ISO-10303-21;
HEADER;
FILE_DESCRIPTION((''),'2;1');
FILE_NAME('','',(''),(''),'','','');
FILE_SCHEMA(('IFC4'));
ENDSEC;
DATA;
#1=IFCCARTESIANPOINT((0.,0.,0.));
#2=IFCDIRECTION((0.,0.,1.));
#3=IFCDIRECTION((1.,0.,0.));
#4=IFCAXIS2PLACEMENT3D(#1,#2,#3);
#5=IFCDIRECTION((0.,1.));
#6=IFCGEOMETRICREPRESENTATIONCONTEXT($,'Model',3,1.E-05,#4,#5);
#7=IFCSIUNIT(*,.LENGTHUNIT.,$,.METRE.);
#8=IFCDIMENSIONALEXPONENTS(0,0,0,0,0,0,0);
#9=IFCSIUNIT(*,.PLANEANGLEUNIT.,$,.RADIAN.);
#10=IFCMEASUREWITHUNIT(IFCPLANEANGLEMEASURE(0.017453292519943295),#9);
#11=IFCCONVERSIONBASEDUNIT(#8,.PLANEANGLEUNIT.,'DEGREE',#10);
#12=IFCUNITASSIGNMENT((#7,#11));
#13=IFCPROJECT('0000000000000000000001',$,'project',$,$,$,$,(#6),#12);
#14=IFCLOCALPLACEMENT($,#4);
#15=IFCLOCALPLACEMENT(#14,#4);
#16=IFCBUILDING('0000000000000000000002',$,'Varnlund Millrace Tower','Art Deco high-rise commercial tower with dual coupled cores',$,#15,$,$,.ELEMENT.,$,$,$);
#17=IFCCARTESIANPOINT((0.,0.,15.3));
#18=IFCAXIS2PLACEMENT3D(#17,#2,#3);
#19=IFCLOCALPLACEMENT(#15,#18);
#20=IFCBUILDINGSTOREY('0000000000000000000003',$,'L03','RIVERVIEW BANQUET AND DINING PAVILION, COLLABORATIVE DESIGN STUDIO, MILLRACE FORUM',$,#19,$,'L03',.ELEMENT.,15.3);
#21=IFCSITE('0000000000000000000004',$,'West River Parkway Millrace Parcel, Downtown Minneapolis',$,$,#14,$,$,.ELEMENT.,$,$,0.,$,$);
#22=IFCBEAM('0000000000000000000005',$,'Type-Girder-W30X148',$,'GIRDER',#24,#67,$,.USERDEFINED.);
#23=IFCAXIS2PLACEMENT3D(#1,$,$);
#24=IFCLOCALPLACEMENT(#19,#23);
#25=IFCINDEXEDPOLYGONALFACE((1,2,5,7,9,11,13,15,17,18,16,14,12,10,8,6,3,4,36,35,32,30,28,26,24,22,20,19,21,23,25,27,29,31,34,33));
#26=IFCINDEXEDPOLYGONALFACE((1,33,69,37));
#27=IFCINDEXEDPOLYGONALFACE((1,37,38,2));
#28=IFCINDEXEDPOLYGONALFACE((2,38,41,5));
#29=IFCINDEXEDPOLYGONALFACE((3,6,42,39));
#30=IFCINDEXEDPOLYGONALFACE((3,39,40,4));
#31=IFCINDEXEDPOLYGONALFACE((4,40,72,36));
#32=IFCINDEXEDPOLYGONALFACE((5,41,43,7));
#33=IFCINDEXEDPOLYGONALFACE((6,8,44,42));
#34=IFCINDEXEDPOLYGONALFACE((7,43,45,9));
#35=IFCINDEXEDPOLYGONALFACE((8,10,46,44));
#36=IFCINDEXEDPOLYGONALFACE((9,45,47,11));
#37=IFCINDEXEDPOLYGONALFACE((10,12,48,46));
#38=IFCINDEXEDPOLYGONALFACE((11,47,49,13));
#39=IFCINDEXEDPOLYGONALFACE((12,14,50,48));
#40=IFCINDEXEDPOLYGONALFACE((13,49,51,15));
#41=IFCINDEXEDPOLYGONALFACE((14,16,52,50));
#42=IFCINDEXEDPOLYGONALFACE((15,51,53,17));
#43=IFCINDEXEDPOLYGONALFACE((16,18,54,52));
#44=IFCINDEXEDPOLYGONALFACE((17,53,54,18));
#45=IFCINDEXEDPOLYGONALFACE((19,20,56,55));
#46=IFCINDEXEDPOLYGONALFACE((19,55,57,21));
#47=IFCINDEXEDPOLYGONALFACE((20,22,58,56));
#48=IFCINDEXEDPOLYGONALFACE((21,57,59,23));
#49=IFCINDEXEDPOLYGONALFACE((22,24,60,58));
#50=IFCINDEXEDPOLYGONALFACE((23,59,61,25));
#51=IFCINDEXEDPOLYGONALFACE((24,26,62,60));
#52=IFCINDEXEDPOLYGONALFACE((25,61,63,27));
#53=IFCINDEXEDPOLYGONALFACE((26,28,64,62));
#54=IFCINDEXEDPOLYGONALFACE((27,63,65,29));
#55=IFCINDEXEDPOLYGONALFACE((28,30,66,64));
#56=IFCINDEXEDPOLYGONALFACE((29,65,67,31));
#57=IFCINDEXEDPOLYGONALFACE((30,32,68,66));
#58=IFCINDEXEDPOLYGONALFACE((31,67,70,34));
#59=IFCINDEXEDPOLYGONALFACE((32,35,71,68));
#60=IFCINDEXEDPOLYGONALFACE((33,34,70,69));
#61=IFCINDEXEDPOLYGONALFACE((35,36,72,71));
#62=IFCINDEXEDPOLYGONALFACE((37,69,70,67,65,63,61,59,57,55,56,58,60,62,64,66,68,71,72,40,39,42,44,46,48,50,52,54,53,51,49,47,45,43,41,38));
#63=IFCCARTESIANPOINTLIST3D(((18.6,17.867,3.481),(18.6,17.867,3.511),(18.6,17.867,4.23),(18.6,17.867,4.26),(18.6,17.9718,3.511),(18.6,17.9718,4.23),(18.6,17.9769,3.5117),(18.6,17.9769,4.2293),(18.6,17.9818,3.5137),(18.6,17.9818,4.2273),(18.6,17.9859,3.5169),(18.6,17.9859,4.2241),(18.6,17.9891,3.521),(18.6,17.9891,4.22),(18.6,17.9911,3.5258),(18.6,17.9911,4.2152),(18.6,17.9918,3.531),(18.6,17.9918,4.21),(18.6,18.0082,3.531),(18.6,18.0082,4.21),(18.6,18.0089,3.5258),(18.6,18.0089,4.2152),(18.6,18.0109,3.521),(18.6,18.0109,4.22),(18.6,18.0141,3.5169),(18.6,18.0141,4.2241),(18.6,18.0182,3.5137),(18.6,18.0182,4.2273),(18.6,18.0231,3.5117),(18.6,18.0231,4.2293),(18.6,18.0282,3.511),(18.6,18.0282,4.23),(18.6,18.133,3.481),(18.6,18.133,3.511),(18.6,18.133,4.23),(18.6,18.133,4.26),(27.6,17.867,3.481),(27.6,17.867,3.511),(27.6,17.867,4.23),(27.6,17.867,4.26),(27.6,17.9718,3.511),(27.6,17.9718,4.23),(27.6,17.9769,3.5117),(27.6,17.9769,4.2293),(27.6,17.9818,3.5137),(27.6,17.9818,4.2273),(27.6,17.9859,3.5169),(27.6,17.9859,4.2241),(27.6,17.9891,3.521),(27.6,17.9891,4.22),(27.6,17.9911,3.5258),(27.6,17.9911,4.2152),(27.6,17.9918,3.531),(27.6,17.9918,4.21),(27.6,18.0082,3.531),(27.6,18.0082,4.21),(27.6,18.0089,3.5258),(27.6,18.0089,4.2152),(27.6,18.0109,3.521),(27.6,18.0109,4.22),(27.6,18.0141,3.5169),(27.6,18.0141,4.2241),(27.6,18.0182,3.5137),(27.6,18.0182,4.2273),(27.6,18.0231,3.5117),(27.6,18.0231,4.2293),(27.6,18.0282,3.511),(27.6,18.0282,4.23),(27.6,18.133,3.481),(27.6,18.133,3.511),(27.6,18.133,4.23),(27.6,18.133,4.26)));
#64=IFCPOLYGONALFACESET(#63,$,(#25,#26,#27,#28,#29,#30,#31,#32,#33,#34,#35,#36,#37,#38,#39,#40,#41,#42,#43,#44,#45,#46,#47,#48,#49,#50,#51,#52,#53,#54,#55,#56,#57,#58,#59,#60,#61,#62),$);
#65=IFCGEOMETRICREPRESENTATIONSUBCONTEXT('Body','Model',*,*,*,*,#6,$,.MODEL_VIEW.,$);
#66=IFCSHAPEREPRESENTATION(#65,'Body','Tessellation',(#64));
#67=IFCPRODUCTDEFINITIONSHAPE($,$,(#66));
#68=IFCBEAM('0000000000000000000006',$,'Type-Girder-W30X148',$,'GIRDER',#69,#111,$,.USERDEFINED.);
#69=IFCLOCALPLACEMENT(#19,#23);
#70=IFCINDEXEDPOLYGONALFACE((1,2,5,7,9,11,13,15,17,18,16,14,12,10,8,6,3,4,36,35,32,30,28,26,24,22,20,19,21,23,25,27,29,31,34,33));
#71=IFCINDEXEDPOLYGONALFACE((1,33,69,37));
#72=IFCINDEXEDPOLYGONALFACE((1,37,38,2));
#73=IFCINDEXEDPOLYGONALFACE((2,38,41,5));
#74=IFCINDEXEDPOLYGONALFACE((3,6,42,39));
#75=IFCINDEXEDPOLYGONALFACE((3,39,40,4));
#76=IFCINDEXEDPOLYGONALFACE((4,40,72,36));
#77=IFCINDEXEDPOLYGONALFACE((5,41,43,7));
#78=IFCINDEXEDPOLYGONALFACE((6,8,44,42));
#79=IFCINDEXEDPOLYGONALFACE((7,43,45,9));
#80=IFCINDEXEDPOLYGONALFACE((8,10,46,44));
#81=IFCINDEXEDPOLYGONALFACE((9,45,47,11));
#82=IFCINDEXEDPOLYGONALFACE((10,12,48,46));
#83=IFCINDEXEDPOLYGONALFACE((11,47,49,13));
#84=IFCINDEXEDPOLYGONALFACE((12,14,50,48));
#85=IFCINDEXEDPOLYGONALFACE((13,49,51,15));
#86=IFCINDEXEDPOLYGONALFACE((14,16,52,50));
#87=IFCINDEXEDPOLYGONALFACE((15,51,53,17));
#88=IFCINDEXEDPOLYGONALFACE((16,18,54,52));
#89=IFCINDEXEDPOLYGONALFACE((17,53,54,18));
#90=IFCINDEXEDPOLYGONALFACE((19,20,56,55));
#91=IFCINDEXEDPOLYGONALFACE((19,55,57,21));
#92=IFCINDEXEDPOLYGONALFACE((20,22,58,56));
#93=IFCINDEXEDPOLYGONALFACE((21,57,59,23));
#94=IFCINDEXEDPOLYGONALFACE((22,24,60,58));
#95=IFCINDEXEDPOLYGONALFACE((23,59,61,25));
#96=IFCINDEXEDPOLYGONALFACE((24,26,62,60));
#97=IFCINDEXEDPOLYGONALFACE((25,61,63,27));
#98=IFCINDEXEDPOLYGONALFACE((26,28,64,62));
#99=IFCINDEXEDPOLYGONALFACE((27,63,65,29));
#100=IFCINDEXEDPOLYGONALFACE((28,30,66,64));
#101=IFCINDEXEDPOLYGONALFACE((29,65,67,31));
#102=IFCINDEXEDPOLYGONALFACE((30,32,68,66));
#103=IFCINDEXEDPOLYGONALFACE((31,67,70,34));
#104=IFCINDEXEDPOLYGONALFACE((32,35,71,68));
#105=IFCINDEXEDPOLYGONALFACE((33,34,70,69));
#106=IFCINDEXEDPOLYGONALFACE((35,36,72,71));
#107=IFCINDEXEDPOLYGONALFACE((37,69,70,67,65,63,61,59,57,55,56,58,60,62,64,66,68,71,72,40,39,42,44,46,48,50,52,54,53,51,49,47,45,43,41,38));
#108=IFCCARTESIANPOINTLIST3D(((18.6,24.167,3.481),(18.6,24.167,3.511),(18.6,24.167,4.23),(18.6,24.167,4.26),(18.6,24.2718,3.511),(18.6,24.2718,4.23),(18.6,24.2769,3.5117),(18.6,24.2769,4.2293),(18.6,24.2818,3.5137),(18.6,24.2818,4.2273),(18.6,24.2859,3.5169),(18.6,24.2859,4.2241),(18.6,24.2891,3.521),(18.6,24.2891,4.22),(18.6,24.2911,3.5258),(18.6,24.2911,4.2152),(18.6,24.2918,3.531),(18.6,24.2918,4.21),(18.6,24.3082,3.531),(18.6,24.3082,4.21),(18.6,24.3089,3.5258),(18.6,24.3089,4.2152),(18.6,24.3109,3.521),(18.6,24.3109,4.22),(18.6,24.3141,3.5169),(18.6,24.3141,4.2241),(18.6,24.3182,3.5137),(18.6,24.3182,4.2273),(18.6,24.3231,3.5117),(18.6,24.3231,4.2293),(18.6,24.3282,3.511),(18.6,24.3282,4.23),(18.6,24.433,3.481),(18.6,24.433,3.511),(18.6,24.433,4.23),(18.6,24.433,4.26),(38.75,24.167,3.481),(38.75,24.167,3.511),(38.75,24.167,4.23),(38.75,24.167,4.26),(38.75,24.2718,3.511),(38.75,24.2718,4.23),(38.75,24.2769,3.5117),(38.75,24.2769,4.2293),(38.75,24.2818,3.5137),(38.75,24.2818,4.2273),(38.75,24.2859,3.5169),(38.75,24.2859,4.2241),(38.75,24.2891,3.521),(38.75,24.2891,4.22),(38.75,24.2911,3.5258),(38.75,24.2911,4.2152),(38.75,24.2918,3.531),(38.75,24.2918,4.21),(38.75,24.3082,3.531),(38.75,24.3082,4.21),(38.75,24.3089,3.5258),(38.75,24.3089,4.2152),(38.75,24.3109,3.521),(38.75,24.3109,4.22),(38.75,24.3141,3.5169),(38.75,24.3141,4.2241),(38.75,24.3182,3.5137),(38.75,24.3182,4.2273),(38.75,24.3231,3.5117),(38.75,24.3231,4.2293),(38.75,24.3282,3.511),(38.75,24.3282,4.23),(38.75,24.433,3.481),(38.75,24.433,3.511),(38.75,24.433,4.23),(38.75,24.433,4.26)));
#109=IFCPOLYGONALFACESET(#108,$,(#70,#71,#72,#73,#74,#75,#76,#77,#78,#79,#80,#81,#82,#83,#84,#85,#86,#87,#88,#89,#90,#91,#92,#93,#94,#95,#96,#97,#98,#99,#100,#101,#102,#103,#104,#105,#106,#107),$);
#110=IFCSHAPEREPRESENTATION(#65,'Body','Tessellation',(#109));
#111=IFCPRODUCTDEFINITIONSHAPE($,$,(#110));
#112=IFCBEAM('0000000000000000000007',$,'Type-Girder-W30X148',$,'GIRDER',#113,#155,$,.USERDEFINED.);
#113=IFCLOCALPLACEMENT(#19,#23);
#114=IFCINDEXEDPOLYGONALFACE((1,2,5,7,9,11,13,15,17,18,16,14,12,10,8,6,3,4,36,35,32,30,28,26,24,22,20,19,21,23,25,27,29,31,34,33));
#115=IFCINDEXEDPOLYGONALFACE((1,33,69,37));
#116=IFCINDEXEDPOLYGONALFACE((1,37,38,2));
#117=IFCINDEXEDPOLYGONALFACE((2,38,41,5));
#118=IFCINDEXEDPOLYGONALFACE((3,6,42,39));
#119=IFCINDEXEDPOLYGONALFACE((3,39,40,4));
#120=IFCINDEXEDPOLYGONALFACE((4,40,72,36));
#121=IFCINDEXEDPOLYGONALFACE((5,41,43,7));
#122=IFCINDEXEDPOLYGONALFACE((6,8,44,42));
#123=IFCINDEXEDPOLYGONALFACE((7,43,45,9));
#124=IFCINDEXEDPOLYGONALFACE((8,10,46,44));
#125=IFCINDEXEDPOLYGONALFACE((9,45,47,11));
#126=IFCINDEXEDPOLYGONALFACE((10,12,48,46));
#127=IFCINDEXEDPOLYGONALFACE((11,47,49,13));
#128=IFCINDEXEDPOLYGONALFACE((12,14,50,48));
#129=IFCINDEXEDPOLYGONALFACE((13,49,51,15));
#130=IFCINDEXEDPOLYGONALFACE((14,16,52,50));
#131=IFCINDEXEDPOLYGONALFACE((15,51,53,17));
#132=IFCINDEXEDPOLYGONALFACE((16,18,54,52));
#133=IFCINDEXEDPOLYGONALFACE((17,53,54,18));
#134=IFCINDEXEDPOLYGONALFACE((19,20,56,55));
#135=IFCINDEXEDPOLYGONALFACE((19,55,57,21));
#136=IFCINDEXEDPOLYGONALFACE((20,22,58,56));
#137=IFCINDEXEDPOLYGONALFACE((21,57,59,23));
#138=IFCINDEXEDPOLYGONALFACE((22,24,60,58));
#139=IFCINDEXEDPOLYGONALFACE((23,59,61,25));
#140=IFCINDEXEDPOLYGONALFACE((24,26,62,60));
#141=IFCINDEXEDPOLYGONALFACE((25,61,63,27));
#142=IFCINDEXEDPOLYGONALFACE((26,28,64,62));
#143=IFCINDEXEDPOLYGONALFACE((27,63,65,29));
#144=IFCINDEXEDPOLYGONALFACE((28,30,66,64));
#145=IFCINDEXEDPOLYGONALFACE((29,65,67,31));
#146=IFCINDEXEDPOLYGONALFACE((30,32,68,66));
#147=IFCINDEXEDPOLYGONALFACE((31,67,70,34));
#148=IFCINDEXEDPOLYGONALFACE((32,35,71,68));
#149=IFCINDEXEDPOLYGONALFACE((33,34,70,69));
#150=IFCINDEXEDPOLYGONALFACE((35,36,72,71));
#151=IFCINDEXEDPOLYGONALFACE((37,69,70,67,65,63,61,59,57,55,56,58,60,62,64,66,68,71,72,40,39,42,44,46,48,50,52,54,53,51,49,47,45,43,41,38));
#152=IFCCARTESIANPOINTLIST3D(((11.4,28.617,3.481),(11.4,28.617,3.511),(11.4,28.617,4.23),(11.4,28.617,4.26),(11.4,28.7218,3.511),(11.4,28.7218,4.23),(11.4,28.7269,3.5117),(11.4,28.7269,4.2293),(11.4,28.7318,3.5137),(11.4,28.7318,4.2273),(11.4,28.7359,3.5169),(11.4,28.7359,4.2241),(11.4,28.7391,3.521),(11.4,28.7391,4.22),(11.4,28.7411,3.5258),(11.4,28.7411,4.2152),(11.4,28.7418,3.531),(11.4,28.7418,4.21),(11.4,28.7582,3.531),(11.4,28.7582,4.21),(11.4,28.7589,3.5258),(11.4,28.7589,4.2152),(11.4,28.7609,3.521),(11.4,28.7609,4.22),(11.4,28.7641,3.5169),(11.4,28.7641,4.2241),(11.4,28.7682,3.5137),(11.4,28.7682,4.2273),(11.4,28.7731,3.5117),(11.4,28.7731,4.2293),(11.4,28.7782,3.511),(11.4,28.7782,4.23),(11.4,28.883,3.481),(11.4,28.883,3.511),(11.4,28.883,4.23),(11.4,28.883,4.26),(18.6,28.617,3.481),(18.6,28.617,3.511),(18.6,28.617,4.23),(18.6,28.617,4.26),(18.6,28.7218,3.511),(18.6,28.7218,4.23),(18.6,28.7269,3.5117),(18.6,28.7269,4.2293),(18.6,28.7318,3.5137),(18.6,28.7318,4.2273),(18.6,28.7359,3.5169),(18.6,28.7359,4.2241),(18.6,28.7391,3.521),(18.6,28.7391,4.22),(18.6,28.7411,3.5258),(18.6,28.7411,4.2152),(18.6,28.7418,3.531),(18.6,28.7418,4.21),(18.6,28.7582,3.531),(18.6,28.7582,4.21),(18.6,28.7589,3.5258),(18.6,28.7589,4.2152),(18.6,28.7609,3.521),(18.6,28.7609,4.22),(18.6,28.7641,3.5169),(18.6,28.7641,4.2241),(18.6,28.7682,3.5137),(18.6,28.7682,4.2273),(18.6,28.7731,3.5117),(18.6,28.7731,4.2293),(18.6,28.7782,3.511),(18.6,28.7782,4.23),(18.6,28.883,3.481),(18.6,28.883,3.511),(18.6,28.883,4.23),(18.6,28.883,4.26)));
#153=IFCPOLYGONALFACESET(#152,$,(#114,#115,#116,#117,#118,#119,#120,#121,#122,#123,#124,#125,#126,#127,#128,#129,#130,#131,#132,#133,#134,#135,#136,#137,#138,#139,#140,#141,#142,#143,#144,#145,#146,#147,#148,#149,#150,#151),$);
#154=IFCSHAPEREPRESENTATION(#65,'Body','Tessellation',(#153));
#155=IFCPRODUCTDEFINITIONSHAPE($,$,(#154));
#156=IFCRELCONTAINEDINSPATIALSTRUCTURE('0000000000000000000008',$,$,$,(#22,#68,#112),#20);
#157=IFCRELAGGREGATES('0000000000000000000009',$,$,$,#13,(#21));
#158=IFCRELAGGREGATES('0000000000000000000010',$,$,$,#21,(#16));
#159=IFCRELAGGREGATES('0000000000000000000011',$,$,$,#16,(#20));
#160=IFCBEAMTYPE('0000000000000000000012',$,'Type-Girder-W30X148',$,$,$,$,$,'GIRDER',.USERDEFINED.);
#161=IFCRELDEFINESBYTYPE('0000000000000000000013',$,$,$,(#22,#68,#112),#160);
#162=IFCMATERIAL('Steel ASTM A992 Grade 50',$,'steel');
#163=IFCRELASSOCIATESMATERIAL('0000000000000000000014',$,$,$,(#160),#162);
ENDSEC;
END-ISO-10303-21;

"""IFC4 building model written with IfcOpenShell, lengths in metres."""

from ifc_helpers import new_model, entity, si_unit, converted_unit, direction, frame, origin_with_axes, origin_2d_with_axis, place, context, subcontext, project, spatial, i_section, extrude, material, material_profile, profile_set, type_object, element, save


model = new_model("IFC4")

# Units and contexts
model_context = context("Model", 3, precision=1e-05, world=origin_with_axes(), true_north=direction((0.0, 1.0)))
body_context = subcontext(model_context, "Body", "Model", "MODEL_VIEW")
ifc_project = project(units=[si_unit("LENGTHUNIT", "METRE"), converted_unit("PLANEANGLEUNIT", "DEGREE", entity("IfcPlaneAngleMeasure", 0.017453292519943295), si_unit("PLANEANGLEUNIT", "RADIAN"), dimensions=[0, 0, 0, 0, 0, 0, 0])], contexts=[model_context])

# Site, building, storey
site_placement = place(None, origin_with_axes())
site = spatial("IfcSite", under=ifc_project, at=site_placement, Name="West River Parkway Millrace Parcel, Downtown Minneapolis", CompositionType="ELEMENT", RefElevation=0.0)
building_placement = place(site_placement, origin_with_axes())
building = spatial("IfcBuilding", under=site, at=building_placement, Name="Varnlund Millrace Tower", Description="Art Deco high-rise commercial tower with dual coupled cores", CompositionType="ELEMENT")
storey_placement = place(building_placement, frame((0.0, 0.0, 15.3), z_axis=(0.0, 0.0, 1.0), x_axis=(1.0, 0.0, 0.0)))
storey = spatial("IfcBuildingStorey", under=building, at=storey_placement, Name="L03", Description="RIVERVIEW BANQUET AND DINING PAVILION, COLLABORATIVE DESIGN STUDIO, MILLRACE FORUM", LongName="L03", CompositionType="ELEMENT", Elevation=15.3)

# Beams
ifc_material_1 = material(Name="Steel ASTM A992 Grade 50", Category="steel")
ifc_material_profile_1 = material_profile(ifc_material_1, i_section(OverallWidth=0.266, OverallDepth=0.779, WebThickness=0.0165, FlangeThickness=0.03, FilletRadius=0.02, at=origin_2d_with_axis()), Name="Steel ASTM A992 Grade 50")
ifc_profile_set_1 = profile_set([ifc_material_profile_1], Name="Steel ASTM A992 Grade 50")
beam_type_1 = type_object("IfcBeamType", Name="Type-Girder-W30X148", ElementType="GIRDER", PredefinedType="USERDEFINED", material=ifc_profile_set_1)
beam_1_placement = place(storey_placement, frame((18.6, 18.0, 3.8705), z_axis=(1.0, 0.0, 0.0), x_axis=(0.0, 1.0, 0.0)))
element("IfcBeam", 1, at=beam_1_placement, inside=storey, type_object=beam_type_1, Name="Type-Girder-W30X148", ObjectType="GIRDER", PredefinedType="USERDEFINED", context=body_context, shape_type="SweptSolid", body=[
    extrude(i_section(OverallWidth=0.266, OverallDepth=0.779, WebThickness=0.0165, FlangeThickness=0.03, FilletRadius=0.02, at=origin_2d_with_axis()), origin_with_axes(), (0.0, 0.0, 1.0), 9.0),
])
beam_2_placement = place(storey_placement, frame((18.6, 24.3, 3.8705), z_axis=(1.0, 0.0, 0.0), x_axis=(0.0, 1.0, 0.0)))
element("IfcBeam", 2, at=beam_2_placement, inside=storey, type_object=beam_type_1, Name="Type-Girder-W30X148", ObjectType="GIRDER", PredefinedType="USERDEFINED", context=body_context, shape_type="SweptSolid", body=[
    extrude(i_section(OverallWidth=0.266, OverallDepth=0.779, WebThickness=0.0165, FlangeThickness=0.03, FilletRadius=0.02, at=origin_2d_with_axis()), origin_with_axes(), (0.0, 0.0, 1.0), 20.15),
])
beam_3_placement = place(storey_placement, frame((11.4, 28.75, 3.8705), z_axis=(1.0, 0.0, 0.0), x_axis=(0.0, 1.0, 0.0)))
element("IfcBeam", 3, at=beam_3_placement, inside=storey, type_object=beam_type_1, Name="Type-Girder-W30X148", ObjectType="GIRDER", PredefinedType="USERDEFINED", context=body_context, shape_type="SweptSolid", body=[
    extrude(i_section(OverallWidth=0.266, OverallDepth=0.779, WebThickness=0.0165, FlangeThickness=0.03, FilletRadius=0.02, at=origin_2d_with_axis()), origin_with_axes(), (0.0, 0.0, 1.0), 7.2),
])

save(model, "model.ifc")
